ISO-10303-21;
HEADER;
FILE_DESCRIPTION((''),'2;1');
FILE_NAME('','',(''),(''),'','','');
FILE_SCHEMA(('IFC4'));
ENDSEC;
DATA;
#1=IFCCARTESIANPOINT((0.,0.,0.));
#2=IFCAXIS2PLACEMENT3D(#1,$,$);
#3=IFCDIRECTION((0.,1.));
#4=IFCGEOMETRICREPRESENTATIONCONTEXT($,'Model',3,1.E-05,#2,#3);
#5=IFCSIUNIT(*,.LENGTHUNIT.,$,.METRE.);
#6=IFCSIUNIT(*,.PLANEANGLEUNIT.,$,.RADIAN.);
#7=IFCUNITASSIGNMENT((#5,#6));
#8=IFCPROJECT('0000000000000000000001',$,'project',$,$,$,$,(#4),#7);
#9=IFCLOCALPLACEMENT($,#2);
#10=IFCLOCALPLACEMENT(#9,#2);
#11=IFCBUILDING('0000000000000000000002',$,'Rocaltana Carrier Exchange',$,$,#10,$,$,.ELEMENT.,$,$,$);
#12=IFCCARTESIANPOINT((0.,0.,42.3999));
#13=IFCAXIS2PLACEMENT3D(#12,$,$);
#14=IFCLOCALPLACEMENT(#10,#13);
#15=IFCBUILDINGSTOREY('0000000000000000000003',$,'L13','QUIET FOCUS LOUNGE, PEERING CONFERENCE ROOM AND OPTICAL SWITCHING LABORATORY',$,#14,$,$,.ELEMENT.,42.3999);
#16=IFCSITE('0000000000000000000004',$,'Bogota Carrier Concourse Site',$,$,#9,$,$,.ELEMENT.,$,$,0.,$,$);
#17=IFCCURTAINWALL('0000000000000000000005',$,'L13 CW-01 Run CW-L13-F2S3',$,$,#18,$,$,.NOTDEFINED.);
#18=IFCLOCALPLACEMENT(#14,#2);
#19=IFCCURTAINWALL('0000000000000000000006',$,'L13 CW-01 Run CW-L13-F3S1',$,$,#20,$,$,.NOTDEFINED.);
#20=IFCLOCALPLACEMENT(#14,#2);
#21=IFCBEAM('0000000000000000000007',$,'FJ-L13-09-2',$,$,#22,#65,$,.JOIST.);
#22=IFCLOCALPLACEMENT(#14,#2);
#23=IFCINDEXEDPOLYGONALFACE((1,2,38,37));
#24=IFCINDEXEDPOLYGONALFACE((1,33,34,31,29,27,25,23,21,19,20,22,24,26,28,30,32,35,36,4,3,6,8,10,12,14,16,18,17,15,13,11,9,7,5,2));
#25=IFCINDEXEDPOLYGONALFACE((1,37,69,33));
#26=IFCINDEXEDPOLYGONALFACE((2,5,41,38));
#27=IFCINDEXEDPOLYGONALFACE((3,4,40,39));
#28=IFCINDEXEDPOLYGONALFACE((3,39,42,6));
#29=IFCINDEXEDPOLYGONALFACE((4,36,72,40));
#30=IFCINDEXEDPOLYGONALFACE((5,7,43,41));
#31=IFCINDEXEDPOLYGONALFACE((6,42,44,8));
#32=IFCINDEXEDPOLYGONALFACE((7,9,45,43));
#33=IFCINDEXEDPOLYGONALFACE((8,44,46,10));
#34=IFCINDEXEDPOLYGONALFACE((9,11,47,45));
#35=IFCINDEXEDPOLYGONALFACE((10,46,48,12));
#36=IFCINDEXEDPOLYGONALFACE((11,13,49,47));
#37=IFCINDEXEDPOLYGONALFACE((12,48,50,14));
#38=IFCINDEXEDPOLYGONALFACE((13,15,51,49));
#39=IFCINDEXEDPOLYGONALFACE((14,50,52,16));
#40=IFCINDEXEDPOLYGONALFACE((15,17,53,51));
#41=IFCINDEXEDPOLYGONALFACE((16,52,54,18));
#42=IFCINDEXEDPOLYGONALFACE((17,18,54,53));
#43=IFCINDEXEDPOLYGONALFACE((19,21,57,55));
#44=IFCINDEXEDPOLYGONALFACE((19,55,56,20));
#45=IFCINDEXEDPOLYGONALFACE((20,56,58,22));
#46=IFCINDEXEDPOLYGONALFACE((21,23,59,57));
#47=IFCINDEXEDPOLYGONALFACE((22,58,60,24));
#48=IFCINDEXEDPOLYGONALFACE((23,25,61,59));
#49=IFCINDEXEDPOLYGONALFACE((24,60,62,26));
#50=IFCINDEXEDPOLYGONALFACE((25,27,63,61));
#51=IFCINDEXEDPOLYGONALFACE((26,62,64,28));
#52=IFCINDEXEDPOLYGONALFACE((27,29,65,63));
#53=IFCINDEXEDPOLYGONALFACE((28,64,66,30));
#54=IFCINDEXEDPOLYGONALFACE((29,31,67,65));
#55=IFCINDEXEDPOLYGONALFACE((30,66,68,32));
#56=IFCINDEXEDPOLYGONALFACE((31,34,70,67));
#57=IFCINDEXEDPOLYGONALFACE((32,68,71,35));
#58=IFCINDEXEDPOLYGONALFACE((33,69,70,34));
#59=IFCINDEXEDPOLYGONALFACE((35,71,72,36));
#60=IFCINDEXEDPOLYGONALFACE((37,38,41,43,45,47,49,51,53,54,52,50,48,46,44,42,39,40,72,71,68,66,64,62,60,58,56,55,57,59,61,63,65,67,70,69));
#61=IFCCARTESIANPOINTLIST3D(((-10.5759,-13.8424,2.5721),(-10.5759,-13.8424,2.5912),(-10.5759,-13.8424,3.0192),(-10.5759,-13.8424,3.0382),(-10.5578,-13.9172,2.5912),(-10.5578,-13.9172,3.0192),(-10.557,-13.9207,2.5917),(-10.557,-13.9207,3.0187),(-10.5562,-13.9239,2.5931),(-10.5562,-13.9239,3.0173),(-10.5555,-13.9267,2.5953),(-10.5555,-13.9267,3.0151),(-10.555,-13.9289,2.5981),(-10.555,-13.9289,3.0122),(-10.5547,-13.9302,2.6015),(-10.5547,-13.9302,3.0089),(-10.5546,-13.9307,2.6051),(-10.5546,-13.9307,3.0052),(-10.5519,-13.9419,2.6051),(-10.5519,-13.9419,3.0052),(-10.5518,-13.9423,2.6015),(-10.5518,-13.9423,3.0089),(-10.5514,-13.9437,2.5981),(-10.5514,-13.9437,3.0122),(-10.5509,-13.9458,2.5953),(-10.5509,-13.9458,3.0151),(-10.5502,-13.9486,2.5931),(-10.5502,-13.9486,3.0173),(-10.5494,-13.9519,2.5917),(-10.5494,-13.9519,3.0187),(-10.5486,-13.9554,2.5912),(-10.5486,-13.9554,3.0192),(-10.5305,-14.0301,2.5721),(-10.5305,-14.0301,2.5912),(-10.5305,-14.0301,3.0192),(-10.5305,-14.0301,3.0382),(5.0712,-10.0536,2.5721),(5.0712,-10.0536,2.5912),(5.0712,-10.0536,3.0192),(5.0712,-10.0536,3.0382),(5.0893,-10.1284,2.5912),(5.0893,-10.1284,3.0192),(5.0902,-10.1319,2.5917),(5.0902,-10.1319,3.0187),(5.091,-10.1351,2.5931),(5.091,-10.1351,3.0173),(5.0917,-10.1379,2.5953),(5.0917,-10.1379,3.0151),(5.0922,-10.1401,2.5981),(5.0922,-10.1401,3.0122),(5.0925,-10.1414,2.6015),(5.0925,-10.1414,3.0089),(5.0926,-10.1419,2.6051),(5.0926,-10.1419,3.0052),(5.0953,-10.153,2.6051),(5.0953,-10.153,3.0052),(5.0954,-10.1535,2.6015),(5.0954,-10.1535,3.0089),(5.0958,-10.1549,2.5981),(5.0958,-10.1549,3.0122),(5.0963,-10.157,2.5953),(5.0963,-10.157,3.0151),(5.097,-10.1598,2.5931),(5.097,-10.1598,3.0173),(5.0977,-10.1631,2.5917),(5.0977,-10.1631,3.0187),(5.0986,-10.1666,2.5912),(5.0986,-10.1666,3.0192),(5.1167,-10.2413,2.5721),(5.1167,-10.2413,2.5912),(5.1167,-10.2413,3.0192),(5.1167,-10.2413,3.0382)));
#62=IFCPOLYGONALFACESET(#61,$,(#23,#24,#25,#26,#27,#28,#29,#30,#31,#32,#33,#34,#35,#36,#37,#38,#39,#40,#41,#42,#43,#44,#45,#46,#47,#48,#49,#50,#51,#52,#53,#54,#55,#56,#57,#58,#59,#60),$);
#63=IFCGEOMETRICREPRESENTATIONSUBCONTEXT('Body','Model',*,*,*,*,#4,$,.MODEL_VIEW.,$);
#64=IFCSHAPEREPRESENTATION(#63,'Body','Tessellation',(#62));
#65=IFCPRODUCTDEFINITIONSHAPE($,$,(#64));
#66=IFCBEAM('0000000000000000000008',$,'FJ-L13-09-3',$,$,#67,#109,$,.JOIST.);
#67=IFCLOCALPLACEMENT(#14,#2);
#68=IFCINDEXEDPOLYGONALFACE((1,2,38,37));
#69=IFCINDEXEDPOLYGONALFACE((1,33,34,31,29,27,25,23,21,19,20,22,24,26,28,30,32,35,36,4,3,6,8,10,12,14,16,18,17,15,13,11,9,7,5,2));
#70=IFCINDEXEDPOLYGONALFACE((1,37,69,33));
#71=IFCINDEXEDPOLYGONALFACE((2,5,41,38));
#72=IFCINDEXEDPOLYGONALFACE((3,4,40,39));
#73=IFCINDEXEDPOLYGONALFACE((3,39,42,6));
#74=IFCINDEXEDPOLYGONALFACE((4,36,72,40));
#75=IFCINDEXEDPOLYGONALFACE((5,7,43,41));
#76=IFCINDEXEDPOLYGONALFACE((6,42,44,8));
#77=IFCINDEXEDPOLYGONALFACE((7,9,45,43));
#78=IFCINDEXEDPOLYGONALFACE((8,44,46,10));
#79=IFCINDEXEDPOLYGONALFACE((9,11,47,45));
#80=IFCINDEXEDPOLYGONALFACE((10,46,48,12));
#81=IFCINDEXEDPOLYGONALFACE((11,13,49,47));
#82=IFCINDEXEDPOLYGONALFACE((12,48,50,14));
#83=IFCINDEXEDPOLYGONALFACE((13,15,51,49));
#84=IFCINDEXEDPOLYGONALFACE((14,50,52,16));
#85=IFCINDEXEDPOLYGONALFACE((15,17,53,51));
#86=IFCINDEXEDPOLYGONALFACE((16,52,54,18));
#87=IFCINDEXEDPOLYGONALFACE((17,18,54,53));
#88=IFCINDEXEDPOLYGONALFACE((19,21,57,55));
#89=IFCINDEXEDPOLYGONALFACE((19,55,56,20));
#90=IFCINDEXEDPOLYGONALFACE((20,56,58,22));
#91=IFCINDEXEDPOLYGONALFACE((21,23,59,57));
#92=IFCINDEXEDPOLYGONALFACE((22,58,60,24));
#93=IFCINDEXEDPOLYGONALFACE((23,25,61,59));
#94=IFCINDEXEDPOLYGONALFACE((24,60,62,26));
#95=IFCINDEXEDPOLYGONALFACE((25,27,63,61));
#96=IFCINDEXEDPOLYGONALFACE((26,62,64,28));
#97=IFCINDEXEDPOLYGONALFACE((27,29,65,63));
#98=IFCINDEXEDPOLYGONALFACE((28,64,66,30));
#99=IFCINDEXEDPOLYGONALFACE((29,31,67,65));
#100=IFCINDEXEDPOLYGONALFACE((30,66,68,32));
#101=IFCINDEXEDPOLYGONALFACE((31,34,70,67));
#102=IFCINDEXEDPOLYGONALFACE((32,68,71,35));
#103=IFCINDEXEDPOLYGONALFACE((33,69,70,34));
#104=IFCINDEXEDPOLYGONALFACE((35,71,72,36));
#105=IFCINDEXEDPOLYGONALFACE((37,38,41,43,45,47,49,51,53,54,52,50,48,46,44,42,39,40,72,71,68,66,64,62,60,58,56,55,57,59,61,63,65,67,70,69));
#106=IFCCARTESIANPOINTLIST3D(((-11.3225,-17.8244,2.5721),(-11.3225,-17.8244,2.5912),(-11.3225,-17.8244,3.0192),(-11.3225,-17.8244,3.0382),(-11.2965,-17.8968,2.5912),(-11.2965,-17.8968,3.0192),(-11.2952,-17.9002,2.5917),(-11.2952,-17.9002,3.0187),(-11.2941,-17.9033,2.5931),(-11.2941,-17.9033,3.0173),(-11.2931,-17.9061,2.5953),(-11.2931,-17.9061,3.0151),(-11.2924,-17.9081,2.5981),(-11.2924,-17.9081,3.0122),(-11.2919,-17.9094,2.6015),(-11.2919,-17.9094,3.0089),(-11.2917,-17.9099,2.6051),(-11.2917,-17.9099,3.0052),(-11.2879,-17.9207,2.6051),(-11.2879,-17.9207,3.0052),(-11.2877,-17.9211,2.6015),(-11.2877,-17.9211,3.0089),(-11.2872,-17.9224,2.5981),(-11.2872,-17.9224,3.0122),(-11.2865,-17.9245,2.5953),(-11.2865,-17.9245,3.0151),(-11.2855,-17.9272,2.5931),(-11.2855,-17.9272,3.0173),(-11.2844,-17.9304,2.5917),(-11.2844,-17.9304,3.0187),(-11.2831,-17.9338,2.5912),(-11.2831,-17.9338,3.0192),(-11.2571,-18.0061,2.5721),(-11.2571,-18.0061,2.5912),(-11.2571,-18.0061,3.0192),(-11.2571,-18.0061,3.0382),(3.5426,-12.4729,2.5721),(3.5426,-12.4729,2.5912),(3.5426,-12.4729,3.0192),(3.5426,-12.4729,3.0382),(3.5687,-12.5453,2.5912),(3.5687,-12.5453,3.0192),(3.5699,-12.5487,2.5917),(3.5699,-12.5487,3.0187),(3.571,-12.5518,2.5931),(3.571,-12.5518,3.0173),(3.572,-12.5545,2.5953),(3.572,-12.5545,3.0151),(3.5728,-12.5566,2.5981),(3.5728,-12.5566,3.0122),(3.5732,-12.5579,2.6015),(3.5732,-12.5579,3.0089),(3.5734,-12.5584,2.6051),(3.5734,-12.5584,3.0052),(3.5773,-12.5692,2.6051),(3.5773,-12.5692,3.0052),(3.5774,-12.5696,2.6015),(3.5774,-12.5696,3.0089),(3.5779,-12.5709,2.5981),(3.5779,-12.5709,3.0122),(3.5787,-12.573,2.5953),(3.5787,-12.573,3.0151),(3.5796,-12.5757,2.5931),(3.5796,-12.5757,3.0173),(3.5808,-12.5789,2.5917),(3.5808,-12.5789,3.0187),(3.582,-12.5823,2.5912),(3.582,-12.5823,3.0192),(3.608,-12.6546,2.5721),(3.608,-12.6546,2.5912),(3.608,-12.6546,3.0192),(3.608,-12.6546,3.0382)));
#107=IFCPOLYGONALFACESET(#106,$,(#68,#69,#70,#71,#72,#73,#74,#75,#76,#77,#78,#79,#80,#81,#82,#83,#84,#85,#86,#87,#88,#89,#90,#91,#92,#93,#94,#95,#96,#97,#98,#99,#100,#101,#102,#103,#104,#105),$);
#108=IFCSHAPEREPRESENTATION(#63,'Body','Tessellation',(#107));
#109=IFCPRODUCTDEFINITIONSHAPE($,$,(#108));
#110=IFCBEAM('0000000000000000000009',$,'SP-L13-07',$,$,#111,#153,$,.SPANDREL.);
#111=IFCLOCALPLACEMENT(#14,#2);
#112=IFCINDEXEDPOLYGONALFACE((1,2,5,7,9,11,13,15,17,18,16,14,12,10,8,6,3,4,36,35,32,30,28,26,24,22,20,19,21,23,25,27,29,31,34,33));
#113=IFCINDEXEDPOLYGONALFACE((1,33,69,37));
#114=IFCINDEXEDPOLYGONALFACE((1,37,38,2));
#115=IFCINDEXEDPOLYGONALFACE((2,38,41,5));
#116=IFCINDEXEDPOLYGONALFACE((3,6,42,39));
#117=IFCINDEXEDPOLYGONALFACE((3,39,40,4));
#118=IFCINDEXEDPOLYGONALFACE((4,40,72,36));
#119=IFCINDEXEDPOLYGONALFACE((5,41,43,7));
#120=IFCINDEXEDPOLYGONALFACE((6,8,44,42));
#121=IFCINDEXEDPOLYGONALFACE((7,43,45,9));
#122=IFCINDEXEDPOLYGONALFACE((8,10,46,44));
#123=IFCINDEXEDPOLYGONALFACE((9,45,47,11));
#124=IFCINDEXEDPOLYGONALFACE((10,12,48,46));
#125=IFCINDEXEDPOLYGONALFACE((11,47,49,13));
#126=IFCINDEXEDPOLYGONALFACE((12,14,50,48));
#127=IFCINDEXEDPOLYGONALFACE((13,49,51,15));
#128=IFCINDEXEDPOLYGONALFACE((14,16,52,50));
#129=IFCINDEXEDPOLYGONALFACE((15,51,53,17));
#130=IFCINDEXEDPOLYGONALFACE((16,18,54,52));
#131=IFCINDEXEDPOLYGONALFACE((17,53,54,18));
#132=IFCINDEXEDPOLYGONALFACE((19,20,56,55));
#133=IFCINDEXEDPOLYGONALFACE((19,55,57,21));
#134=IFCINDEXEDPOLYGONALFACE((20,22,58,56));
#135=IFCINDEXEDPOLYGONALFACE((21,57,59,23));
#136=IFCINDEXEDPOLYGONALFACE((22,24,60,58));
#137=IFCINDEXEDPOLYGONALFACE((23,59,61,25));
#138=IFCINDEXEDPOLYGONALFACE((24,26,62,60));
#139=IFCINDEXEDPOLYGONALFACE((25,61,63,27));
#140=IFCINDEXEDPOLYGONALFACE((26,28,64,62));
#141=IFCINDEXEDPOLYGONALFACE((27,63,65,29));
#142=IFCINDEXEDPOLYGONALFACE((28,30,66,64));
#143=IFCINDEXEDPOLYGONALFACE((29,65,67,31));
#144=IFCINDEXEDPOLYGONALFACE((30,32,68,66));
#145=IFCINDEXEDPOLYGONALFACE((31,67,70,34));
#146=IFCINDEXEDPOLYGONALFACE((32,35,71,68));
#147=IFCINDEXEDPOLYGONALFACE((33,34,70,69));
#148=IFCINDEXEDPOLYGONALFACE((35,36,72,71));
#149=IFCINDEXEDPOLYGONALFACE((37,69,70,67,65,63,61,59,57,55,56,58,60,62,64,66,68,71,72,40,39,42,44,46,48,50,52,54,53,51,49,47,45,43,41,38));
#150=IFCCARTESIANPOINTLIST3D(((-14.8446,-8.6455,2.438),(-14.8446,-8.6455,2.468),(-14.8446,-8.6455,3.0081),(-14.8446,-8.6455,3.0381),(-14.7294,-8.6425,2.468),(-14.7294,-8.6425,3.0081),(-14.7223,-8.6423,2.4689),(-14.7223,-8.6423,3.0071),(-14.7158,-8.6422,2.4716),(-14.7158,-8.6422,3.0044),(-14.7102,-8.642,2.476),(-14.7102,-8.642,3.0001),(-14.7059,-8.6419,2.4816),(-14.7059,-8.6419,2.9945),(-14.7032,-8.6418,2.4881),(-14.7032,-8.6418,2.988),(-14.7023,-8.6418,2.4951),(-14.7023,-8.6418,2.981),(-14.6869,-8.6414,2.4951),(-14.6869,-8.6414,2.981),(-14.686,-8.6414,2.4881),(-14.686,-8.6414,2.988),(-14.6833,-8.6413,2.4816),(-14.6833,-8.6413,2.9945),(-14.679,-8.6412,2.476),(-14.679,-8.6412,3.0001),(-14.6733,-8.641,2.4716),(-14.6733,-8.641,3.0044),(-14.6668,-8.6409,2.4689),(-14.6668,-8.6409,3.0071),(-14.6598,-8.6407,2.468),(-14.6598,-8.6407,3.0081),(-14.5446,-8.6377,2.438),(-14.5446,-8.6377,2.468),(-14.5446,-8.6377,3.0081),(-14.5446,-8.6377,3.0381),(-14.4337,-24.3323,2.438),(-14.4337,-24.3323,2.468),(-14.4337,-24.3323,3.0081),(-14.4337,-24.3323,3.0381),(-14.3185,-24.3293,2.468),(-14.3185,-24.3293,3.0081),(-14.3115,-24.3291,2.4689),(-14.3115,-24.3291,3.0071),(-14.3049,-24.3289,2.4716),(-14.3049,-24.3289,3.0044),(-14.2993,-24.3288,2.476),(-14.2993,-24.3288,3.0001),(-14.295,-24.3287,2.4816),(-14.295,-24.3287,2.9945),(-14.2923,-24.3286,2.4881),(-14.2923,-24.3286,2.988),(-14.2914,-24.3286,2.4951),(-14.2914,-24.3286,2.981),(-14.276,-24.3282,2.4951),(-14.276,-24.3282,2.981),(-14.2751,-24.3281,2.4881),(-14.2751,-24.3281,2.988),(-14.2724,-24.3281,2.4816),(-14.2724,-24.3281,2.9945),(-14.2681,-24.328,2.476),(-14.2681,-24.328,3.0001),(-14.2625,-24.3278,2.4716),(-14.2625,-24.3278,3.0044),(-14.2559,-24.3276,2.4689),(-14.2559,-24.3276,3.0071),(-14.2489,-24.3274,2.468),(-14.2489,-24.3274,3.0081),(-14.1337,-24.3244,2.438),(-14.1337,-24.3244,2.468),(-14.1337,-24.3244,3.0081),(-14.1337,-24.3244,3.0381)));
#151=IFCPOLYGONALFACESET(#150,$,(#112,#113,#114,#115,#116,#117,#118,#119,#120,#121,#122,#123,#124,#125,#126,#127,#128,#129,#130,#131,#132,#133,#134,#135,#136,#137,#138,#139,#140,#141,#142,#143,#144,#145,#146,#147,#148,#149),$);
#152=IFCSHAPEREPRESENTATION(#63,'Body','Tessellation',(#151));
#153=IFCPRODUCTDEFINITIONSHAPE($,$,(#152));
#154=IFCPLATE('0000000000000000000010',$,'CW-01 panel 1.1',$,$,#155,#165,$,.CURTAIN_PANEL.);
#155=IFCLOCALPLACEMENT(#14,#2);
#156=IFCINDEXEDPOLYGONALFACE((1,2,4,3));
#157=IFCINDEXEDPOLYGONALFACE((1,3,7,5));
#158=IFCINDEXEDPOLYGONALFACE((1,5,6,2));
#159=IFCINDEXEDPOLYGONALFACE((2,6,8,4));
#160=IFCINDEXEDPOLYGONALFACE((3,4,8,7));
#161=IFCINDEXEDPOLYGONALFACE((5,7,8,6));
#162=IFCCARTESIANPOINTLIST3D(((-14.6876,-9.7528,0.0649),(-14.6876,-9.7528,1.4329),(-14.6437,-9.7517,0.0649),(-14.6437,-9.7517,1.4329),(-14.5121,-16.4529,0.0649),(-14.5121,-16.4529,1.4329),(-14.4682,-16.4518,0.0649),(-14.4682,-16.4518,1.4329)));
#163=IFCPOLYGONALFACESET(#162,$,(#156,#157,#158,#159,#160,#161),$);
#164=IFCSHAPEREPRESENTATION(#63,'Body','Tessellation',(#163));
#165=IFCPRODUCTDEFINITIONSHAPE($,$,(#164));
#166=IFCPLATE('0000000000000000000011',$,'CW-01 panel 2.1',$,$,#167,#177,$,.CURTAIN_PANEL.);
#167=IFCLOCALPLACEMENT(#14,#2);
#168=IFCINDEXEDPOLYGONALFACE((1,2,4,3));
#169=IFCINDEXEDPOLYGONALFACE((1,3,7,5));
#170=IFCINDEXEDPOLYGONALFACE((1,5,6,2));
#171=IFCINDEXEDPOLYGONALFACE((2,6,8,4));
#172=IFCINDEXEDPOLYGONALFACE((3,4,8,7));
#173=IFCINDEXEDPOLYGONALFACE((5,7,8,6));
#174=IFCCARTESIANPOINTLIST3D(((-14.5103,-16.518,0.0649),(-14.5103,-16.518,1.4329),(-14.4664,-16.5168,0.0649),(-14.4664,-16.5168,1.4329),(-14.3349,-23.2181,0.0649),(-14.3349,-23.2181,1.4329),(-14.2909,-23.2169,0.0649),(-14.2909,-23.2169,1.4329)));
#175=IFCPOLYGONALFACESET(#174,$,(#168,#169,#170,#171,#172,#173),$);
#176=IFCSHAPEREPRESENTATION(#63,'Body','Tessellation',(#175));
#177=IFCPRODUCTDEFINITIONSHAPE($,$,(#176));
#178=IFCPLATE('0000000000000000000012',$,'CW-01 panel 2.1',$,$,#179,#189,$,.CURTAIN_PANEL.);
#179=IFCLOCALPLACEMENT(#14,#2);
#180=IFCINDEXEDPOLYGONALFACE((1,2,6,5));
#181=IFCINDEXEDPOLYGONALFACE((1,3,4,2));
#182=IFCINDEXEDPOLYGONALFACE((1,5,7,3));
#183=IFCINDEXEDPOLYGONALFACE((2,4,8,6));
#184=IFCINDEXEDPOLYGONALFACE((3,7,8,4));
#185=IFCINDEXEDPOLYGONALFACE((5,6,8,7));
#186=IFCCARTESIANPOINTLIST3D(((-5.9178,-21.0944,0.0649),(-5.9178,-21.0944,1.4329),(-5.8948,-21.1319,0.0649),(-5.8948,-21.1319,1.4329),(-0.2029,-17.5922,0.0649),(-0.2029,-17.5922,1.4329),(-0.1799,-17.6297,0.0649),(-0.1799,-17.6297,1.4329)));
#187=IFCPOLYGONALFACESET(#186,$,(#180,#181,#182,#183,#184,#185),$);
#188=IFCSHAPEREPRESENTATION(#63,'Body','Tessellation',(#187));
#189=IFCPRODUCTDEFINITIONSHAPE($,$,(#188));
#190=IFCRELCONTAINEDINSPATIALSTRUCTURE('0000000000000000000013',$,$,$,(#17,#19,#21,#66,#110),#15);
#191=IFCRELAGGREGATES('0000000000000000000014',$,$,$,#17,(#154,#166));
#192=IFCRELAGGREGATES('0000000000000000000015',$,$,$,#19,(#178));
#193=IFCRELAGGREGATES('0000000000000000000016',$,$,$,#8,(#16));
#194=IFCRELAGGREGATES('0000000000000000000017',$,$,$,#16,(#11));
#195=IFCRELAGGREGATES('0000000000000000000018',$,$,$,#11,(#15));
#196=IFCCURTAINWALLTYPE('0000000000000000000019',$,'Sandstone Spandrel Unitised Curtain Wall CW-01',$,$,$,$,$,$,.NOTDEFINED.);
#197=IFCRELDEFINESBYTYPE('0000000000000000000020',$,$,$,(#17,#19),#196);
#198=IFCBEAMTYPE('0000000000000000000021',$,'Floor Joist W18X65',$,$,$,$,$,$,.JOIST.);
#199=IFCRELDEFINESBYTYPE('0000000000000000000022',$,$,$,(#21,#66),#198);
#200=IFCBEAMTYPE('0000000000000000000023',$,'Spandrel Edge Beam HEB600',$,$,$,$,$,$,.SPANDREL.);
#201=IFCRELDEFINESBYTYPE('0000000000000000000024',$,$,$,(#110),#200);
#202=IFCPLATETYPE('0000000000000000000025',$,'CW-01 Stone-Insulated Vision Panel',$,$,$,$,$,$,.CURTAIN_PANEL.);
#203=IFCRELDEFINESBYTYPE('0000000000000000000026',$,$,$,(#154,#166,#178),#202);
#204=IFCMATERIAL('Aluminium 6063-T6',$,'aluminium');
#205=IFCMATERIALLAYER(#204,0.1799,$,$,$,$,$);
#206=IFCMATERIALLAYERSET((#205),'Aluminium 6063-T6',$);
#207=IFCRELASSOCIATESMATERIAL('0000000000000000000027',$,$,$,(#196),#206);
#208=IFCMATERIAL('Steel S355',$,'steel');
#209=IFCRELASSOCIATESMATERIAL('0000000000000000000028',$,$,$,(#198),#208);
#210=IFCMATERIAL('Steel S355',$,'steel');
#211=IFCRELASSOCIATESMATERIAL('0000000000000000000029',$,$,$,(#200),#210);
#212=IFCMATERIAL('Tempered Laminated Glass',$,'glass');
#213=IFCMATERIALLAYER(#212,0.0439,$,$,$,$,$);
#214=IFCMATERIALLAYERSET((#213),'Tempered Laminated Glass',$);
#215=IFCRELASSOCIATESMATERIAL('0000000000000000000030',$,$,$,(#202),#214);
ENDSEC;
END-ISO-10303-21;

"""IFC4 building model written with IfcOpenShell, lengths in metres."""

from ifc_helpers import new_model, si_unit, direction, frame, origin, origin_2d, place, context, subcontext, project, spatial, rectangle, i_section, extrude, material, layer, layer_set, material_profile, profile_set, type_object, element, aggregate, save


model = new_model("IFC4")

# Units and contexts
model_context = context("Model", 3, precision=1e-05, world=origin(), true_north=direction((0.0, 1.0)))
body_context = subcontext(model_context, "Body", "Model", "MODEL_VIEW")
ifc_project = project(units=[si_unit("LENGTHUNIT", "METRE"), si_unit("PLANEANGLEUNIT", "RADIAN")], contexts=[model_context])

# Site, building, storey
site_placement = place(None, origin())
site = spatial("IfcSite", under=ifc_project, at=site_placement, Name="Bogota Carrier Concourse Site", CompositionType="ELEMENT", RefElevation=0.0)
building_placement = place(site_placement, origin())
building = spatial("IfcBuilding", under=site, at=building_placement, Name="Rocaltana Carrier Exchange", CompositionType="ELEMENT")
storey_placement = place(building_placement, frame((0.0, 0.0, 42.3999)))
storey = spatial("IfcBuildingStorey", under=building, at=storey_placement, Name="L13", Description="QUIET FOCUS LOUNGE, PEERING CONFERENCE ROOM AND OPTICAL SWITCHING LABORATORY", CompositionType="ELEMENT", Elevation=42.3999)

# Curtain wall
ifc_material_1 = material(Name="Aluminium 6063-T6", Category="aluminium")
ifc_layer_1 = layer(ifc_material_1, 0.1799)
ifc_layer_set_1 = layer_set([ifc_layer_1], Name="Aluminium 6063-T6")
curtain_wall_type = type_object("IfcCurtainWallType", Name="Sandstone Spandrel Unitised Curtain Wall CW-01", PredefinedType="NOTDEFINED", material=ifc_layer_set_1)
curtain_wall_1_placement = place(storey_placement, origin())
curtain_wall_1 = element("IfcCurtainWall", 1, at=curtain_wall_1_placement, inside=storey, type_object=curtain_wall_type, Name="L13 CW-01 Run CW-L13-F2S3", PredefinedType="NOTDEFINED")

# Curtain wall
curtain_wall_2_placement = place(storey_placement, origin())
curtain_wall_2 = element("IfcCurtainWall", 2, at=curtain_wall_2_placement, inside=storey, type_object=curtain_wall_type, Name="L13 CW-01 Run CW-L13-F3S1", PredefinedType="NOTDEFINED")

# Beams
ifc_material_2 = material(Name="Steel S355", Category="steel")
ifc_material_profile_1 = material_profile(ifc_material_2, i_section(OverallWidth=0.1931, OverallDepth=0.4661, WebThickness=0.0115, FlangeThickness=0.019, FilletRadius=0.0139, at=origin_2d()), Name="W18X65")
ifc_profile_set_1 = profile_set([ifc_material_profile_1], Name="Steel S355")
beam_type_1 = type_object("IfcBeamType", Name="Floor Joist W18X65", PredefinedType="JOIST", material=ifc_profile_set_1)
beam_1_placement = place(storey_placement, frame((-10.5532, -13.9363, 2.8052), z_axis=(0.971913, 0.235339, 0.0), x_axis=(-0.235339, 0.971913, 0.0)))
element("IfcBeam", 3, at=beam_1_placement, inside=storey, type_object=beam_type_1, Name="FJ-L13-09-2", PredefinedType="JOIST", context=body_context, shape_type="SweptSolid", body=[
    extrude(i_section(OverallWidth=0.1931, OverallDepth=0.4661, WebThickness=0.0115, FlangeThickness=0.019, FilletRadius=0.0139, at=origin_2d()), origin(), (0.0, 0.0, 1.0), 16.0994),
])
beam_2_placement = place(storey_placement, frame((-11.2898, -17.9153, 2.8052), z_axis=(0.940886, 0.338724, 0.0), x_axis=(-0.338724, 0.940886, 0.0)))
element("IfcBeam", 4, at=beam_2_placement, inside=storey, type_object=beam_type_1, Name="FJ-L13-09-3", PredefinedType="JOIST", context=body_context, shape_type="SweptSolid", body=[
    extrude(i_section(OverallWidth=0.1931, OverallDepth=0.4661, WebThickness=0.0115, FlangeThickness=0.019, FilletRadius=0.0139, at=origin_2d()), origin(), (0.0, 0.0, 1.0), 15.7991),
])
ifc_material_3 = material(Name="Steel S355", Category="steel")
ifc_material_profile_2 = material_profile(ifc_material_3, i_section(OverallWidth=0.3, OverallDepth=0.6001, WebThickness=0.0154, FlangeThickness=0.03, FilletRadius=0.0271, at=origin_2d()), Name="HEB600")
ifc_profile_set_2 = profile_set([ifc_material_profile_2], Name="Steel S355")
beam_type_2 = type_object("IfcBeamType", Name="Spandrel Edge Beam HEB600", PredefinedType="SPANDREL", material=ifc_profile_set_2)
beam_3_placement = place(storey_placement, frame((-14.6946, -8.6416, 2.738), z_axis=(0.026184, -0.999657, 0.0), x_axis=(0.999657, 0.026184, 0.0)))
element("IfcBeam", 5, at=beam_3_placement, inside=storey, type_object=beam_type_2, Name="SP-L13-07", PredefinedType="SPANDREL", context=body_context, shape_type="SweptSolid", body=[
    extrude(i_section(OverallWidth=0.3, OverallDepth=0.6001, WebThickness=0.0154, FlangeThickness=0.03, FilletRadius=0.0271, at=origin_2d()), origin(), (0.0, 0.0, 1.0), 15.6921),
])

# Plates
ifc_material_4 = material(Name="Tempered Laminated Glass", Category="glass")
ifc_layer_2 = layer(ifc_material_4, 0.0439)
ifc_layer_set_2 = layer_set([ifc_layer_2], Name="Tempered Laminated Glass")
plate_type = type_object("IfcPlateType", Name="CW-01 Stone-Insulated Vision Panel", PredefinedType="CURTAIN_PANEL", material=ifc_layer_set_2)
plate_1_placement = place(storey_placement, frame((-14.5779, -13.1023, 0.0649), z_axis=(0.0, 0.0, 1.0), x_axis=(0.026184, -0.999657, 0.0)))
plate_1 = element("IfcPlate", 6, at=plate_1_placement, type_object=plate_type, Name="CW-01 panel 1.1", PredefinedType="CURTAIN_PANEL", context=body_context, shape_type="SweptSolid", body=[
    extrude(rectangle(XDim=6.7024, YDim=0.0439, at=origin_2d()), origin(), (0.0, 0.0, 1.0), 1.3679),
])
plate_2_placement = place(storey_placement, frame((-14.4006, -19.8674, 0.0649), z_axis=(0.0, 0.0, 1.0), x_axis=(0.026184, -0.999657, 0.0)))
plate_2 = element("IfcPlate", 7, at=plate_2_placement, type_object=plate_type, Name="CW-01 panel 2.1", PredefinedType="CURTAIN_PANEL", context=body_context, shape_type="SweptSolid", body=[
    extrude(rectangle(XDim=6.7024, YDim=0.0439, at=origin_2d()), origin(), (0.0, 0.0, 1.0), 1.3679),
])
aggregate(curtain_wall_1, [plate_1, plate_2])
plate_3_placement = place(storey_placement, frame((-3.0488, -19.3621, 0.0649), z_axis=(0.0, 0.0, 1.0), x_axis=(0.852636, 0.522505, 0.0)))
plate_3 = element("IfcPlate", 8, at=plate_3_placement, type_object=plate_type, Name="CW-01 panel 2.1", PredefinedType="CURTAIN_PANEL", context=body_context, shape_type="SweptSolid", body=[
    extrude(rectangle(XDim=6.7026, YDim=0.0439, at=origin_2d()), origin(), (0.0, 0.0, 1.0), 1.3679),
])
aggregate(curtain_wall_2, [plate_3])

save(model, "model.ifc")
